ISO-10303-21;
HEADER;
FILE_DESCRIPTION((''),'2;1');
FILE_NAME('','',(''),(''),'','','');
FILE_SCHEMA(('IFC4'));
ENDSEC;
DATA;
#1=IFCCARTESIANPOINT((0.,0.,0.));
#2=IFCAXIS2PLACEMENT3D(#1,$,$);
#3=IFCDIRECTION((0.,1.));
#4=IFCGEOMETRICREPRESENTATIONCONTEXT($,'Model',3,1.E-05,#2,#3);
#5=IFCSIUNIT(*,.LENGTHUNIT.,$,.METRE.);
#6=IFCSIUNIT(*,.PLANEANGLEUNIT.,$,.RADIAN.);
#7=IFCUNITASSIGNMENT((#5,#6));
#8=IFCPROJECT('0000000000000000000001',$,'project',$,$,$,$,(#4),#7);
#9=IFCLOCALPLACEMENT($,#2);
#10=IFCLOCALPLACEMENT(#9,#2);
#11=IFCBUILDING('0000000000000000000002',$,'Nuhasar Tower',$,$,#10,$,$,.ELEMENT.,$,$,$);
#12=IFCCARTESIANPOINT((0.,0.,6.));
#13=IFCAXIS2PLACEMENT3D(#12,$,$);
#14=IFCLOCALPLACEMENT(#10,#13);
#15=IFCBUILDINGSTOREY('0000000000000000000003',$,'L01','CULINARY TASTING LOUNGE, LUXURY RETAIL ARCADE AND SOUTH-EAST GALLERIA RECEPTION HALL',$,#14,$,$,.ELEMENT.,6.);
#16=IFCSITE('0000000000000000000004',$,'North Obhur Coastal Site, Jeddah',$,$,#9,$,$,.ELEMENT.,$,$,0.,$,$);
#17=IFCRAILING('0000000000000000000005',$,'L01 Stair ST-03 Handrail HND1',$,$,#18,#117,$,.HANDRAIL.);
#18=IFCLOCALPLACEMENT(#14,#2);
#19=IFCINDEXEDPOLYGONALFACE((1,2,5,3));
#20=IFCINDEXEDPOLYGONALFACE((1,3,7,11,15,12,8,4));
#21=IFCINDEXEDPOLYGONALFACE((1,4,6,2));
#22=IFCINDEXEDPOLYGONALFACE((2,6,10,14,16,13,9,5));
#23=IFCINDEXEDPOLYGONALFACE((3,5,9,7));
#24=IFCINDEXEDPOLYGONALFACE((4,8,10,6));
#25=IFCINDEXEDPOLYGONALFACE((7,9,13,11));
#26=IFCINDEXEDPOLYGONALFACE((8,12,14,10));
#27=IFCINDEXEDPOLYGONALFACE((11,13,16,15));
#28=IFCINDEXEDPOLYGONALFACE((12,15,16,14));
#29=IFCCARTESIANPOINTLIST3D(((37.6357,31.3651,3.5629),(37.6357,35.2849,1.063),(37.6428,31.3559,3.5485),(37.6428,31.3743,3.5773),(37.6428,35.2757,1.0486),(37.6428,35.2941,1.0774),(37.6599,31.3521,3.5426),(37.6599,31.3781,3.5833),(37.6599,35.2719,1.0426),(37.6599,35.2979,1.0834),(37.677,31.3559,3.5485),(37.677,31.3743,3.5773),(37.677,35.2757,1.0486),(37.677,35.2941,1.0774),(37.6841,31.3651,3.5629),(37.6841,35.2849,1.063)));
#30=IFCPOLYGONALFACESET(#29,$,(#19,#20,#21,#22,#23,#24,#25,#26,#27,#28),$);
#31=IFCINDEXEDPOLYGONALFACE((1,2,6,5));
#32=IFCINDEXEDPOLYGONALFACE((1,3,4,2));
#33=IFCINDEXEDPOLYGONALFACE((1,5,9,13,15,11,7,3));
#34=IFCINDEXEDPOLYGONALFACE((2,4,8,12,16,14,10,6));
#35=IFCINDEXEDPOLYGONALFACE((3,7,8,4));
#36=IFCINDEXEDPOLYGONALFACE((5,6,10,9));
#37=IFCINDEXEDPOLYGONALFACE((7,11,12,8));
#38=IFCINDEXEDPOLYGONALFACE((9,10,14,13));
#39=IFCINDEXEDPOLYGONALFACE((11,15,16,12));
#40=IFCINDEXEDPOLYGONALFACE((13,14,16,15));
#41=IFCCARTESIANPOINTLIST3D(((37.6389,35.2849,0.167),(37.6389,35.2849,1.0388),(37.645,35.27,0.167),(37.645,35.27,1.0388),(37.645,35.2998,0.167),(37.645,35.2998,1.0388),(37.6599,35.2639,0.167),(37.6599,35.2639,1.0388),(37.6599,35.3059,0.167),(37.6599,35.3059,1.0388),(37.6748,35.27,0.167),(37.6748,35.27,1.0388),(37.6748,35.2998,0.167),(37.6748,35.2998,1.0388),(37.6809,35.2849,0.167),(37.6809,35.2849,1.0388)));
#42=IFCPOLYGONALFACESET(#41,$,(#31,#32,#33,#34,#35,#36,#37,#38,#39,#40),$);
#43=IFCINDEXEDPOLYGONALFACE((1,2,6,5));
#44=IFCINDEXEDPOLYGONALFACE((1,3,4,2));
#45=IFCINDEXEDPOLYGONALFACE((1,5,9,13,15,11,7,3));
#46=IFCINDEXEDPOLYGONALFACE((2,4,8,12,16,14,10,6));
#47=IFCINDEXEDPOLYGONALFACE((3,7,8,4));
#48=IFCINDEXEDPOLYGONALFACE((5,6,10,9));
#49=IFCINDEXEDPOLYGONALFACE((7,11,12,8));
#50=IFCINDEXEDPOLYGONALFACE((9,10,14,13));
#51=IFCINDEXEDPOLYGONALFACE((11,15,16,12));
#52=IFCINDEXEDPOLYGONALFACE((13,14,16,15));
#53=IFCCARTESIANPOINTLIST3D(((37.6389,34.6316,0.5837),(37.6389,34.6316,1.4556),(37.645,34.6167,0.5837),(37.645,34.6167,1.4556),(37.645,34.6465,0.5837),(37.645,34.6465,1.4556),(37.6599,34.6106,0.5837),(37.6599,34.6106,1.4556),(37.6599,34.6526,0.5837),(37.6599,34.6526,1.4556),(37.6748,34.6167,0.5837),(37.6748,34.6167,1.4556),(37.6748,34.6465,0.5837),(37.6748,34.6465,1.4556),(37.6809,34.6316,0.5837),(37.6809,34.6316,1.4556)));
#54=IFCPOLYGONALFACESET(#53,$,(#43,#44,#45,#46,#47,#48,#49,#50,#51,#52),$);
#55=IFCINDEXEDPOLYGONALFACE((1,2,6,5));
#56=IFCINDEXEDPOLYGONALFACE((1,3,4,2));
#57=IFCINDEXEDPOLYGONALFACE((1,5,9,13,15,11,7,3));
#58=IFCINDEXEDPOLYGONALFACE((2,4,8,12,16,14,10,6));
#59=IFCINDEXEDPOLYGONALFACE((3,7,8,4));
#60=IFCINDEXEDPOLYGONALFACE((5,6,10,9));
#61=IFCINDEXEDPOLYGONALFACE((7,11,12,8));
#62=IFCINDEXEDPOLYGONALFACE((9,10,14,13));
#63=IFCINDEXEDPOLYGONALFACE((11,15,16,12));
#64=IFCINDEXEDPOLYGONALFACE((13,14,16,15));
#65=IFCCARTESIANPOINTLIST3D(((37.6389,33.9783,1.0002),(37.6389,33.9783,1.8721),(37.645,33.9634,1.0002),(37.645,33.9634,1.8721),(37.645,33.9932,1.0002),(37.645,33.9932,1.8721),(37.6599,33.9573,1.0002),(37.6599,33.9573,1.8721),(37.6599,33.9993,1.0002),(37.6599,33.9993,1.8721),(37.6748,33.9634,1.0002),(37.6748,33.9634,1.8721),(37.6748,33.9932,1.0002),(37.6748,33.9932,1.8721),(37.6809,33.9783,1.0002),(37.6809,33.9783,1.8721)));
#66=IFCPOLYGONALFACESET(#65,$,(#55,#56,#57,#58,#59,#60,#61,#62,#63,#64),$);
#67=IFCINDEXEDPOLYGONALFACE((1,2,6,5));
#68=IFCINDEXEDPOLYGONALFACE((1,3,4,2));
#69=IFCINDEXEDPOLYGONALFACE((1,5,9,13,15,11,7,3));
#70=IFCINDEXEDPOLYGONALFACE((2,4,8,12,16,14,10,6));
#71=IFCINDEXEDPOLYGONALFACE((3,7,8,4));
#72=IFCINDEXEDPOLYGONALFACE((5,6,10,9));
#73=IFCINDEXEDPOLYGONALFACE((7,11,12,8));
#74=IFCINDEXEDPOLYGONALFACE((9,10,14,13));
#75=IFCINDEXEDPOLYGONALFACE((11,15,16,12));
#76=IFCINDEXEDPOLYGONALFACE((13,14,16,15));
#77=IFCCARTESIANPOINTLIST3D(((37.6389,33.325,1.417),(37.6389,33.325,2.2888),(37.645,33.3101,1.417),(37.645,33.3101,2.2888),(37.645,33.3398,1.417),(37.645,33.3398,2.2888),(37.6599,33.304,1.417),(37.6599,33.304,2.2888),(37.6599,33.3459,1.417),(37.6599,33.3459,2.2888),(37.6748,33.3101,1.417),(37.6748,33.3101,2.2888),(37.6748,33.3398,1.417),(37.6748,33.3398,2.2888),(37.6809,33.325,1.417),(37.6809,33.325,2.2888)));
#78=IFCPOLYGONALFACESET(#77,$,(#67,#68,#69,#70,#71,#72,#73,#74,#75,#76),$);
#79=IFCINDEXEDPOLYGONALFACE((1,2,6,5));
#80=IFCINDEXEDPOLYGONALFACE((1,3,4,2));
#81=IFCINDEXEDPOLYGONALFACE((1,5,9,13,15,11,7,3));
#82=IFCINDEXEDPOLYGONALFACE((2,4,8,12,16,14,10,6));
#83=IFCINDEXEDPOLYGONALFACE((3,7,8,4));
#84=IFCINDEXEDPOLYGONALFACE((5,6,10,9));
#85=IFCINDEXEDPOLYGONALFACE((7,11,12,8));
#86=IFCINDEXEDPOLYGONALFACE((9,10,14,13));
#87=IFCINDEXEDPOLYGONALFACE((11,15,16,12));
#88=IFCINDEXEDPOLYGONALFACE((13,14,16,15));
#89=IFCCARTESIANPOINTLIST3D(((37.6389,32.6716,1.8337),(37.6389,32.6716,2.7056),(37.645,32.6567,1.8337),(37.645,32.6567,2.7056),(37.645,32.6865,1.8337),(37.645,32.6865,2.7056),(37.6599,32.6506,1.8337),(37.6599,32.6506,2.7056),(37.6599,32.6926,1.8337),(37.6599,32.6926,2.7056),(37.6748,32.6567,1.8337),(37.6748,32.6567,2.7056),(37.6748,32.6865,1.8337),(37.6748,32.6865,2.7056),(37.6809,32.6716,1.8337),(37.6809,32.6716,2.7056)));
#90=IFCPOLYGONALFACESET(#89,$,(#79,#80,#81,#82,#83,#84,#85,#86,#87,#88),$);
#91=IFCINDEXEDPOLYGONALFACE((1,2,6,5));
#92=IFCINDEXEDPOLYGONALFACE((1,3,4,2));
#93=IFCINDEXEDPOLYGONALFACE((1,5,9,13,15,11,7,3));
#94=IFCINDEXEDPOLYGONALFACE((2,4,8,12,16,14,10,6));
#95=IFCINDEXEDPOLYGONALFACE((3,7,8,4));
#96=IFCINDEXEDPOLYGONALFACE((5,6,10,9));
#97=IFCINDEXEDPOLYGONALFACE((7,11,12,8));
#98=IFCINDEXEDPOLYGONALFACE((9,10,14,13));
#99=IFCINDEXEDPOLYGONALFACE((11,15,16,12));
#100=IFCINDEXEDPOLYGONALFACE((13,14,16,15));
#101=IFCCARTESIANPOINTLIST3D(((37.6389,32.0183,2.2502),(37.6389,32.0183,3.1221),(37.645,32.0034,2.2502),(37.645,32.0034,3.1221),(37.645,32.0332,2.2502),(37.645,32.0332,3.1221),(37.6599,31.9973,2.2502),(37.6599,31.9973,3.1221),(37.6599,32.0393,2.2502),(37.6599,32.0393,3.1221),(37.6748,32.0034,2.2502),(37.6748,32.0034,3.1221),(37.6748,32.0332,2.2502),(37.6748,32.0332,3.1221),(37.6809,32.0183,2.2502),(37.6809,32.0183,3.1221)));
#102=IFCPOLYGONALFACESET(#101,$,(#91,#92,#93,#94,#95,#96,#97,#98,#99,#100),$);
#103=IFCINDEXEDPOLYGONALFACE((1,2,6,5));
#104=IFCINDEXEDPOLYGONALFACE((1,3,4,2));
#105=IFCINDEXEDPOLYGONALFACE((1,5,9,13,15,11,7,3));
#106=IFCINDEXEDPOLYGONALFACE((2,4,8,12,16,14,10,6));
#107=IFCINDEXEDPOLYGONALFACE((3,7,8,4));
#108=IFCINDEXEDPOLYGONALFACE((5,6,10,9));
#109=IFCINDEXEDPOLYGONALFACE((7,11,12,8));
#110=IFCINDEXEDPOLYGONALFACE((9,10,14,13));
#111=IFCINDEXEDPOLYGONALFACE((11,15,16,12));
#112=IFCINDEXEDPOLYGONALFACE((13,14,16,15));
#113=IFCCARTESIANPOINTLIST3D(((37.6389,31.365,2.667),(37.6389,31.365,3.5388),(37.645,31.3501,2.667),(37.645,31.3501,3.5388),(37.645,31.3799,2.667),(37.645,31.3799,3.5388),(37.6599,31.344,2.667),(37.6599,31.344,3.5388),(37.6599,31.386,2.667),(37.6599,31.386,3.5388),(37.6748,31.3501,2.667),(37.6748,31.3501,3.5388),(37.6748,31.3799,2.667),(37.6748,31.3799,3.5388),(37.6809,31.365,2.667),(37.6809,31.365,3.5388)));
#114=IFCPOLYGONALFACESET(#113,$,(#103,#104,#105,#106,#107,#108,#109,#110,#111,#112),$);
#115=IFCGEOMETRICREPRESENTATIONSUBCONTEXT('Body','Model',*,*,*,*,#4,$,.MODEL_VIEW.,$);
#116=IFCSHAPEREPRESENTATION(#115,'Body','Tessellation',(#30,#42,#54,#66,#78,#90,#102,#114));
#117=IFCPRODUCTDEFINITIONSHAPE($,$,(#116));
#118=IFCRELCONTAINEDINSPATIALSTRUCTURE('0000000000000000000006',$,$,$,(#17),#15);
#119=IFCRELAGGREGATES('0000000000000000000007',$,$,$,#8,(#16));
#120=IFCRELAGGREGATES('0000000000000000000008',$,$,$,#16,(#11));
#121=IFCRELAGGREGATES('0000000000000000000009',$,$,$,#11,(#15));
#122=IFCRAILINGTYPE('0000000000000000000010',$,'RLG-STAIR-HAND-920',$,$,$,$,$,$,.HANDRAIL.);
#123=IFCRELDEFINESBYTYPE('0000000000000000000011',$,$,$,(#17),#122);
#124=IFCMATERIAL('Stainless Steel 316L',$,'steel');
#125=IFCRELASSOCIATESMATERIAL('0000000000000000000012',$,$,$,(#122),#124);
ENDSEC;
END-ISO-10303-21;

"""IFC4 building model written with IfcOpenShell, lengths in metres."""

from ifc_helpers import new_model, si_unit, direction, frame, origin, place, context, subcontext, project, spatial, polyline, outline, extrude, material, type_object, element, save


model = new_model("IFC4")

# Units and contexts
model_context = context("Model", 3, precision=1e-05, world=origin(), true_north=direction((0.0, 1.0)))
body_context = subcontext(model_context, "Body", "Model", "MODEL_VIEW")
ifc_project = project(units=[si_unit("LENGTHUNIT", "METRE"), si_unit("PLANEANGLEUNIT", "RADIAN")], contexts=[model_context])

# Site, building, storey
site_placement = place(None, origin())
site = spatial("IfcSite", under=ifc_project, at=site_placement, Name="North Obhur Coastal Site, Jeddah", CompositionType="ELEMENT", RefElevation=0.0)
building_placement = place(site_placement, origin())
building = spatial("IfcBuilding", under=site, at=building_placement, Name="Nuhasar Tower", CompositionType="ELEMENT")
storey_placement = place(building_placement, frame((0.0, 0.0, 6.0)))
storey = spatial("IfcBuildingStorey", under=building, at=storey_placement, Name="L01", Description="CULINARY TASTING LOUNGE, LUXURY RETAIL ARCADE AND SOUTH-EAST GALLERIA RECEPTION HALL", CompositionType="ELEMENT", Elevation=6.0)

# Railing
ifc_material_1 = material(Name="Stainless Steel 316L", Category="steel")
railing_type_1 = type_object("IfcRailingType", Name="RLG-STAIR-HAND-920", PredefinedType="HANDRAIL", material=ifc_material_1)
railing_1_placement = place(storey_placement, frame((37.6599, 35.2849, 0.167)))
element("IfcRailing", 1, at=railing_1_placement, inside=storey, type_object=railing_type_1, Name="L01 Stair ST-03 Handrail HND1", PredefinedType="HANDRAIL", context=body_context, shape_type="SweptSolid", body=[
    extrude(outline(polyline([(0.0242, 0.0), (0.0171, 0.0171), (0.0, 0.0242), (-0.0171, 0.0171), (-0.0242, 0.0), (-0.0171, -0.0171), (0.0, -0.0242), (0.0171, -0.0171), (0.0242, 0.0)])), frame((0.0, 0.0, 0.896), z_axis=(0.0, -0.843125, 0.537718), x_axis=(1.0, 0.0, 0.0)), (0.0, 0.0, 1.0), 4.6492),
    extrude(outline(polyline([(0.021, 0.0), (0.0149, 0.0149), (0.0, 0.021), (-0.0149, 0.0149), (-0.021, 0.0), (-0.0149, -0.0149), (0.0, -0.021), (0.0149, -0.0149), (0.021, 0.0)])), origin(), (0.0, 0.0, 1.0), 0.8718),
    extrude(outline(polyline([(0.021, 0.0), (0.0149, 0.0149), (0.0, 0.021), (-0.0149, 0.0149), (-0.021, 0.0), (-0.0149, -0.0149), (0.0, -0.021), (0.0149, -0.0149), (0.021, 0.0)])), frame((0.0, -0.6533, 0.4167)), (0.0, 0.0, 1.0), 0.8718),
    extrude(outline(polyline([(0.021, 0.0), (0.0149, 0.0149), (0.0, 0.021), (-0.0149, 0.0149), (-0.021, 0.0), (-0.0149, -0.0149), (0.0, -0.021), (0.0149, -0.0149), (0.021, 0.0)])), frame((0.0, -1.3066, 0.8333)), (0.0, 0.0, 1.0), 0.8718),
    extrude(outline(polyline([(0.021, 0.0), (0.0149, 0.0149), (0.0, 0.021), (-0.0149, 0.0149), (-0.021, 0.0), (-0.0149, -0.0149), (0.0, -0.021), (0.0149, -0.0149), (0.021, 0.0)])), frame((0.0, -1.96, 1.25)), (0.0, 0.0, 1.0), 0.8718),
    extrude(outline(polyline([(0.021, 0.0), (0.0149, 0.0149), (0.0, 0.021), (-0.0149, 0.0149), (-0.021, 0.0), (-0.0149, -0.0149), (0.0, -0.021), (0.0149, -0.0149), (0.021, 0.0)])), frame((0.0, -2.6133, 1.6667)), (0.0, 0.0, 1.0), 0.8718),
    extrude(outline(polyline([(0.021, 0.0), (0.0149, 0.0149), (0.0, 0.021), (-0.0149, 0.0149), (-0.021, 0.0), (-0.0149, -0.0149), (0.0, -0.021), (0.0149, -0.0149), (0.021, 0.0)])), frame((0.0, -3.2666, 2.0833)), (0.0, 0.0, 1.0), 0.8718),
    extrude(outline(polyline([(0.021, 0.0), (0.0149, 0.0149), (0.0, 0.021), (-0.0149, 0.0149), (-0.021, 0.0), (-0.0149, -0.0149), (0.0, -0.021), (0.0149, -0.0149), (0.021, 0.0)])), frame((0.0, -3.9199, 2.5)), (0.0, 0.0, 1.0), 0.8718),
])

save(model, "model.ifc")
